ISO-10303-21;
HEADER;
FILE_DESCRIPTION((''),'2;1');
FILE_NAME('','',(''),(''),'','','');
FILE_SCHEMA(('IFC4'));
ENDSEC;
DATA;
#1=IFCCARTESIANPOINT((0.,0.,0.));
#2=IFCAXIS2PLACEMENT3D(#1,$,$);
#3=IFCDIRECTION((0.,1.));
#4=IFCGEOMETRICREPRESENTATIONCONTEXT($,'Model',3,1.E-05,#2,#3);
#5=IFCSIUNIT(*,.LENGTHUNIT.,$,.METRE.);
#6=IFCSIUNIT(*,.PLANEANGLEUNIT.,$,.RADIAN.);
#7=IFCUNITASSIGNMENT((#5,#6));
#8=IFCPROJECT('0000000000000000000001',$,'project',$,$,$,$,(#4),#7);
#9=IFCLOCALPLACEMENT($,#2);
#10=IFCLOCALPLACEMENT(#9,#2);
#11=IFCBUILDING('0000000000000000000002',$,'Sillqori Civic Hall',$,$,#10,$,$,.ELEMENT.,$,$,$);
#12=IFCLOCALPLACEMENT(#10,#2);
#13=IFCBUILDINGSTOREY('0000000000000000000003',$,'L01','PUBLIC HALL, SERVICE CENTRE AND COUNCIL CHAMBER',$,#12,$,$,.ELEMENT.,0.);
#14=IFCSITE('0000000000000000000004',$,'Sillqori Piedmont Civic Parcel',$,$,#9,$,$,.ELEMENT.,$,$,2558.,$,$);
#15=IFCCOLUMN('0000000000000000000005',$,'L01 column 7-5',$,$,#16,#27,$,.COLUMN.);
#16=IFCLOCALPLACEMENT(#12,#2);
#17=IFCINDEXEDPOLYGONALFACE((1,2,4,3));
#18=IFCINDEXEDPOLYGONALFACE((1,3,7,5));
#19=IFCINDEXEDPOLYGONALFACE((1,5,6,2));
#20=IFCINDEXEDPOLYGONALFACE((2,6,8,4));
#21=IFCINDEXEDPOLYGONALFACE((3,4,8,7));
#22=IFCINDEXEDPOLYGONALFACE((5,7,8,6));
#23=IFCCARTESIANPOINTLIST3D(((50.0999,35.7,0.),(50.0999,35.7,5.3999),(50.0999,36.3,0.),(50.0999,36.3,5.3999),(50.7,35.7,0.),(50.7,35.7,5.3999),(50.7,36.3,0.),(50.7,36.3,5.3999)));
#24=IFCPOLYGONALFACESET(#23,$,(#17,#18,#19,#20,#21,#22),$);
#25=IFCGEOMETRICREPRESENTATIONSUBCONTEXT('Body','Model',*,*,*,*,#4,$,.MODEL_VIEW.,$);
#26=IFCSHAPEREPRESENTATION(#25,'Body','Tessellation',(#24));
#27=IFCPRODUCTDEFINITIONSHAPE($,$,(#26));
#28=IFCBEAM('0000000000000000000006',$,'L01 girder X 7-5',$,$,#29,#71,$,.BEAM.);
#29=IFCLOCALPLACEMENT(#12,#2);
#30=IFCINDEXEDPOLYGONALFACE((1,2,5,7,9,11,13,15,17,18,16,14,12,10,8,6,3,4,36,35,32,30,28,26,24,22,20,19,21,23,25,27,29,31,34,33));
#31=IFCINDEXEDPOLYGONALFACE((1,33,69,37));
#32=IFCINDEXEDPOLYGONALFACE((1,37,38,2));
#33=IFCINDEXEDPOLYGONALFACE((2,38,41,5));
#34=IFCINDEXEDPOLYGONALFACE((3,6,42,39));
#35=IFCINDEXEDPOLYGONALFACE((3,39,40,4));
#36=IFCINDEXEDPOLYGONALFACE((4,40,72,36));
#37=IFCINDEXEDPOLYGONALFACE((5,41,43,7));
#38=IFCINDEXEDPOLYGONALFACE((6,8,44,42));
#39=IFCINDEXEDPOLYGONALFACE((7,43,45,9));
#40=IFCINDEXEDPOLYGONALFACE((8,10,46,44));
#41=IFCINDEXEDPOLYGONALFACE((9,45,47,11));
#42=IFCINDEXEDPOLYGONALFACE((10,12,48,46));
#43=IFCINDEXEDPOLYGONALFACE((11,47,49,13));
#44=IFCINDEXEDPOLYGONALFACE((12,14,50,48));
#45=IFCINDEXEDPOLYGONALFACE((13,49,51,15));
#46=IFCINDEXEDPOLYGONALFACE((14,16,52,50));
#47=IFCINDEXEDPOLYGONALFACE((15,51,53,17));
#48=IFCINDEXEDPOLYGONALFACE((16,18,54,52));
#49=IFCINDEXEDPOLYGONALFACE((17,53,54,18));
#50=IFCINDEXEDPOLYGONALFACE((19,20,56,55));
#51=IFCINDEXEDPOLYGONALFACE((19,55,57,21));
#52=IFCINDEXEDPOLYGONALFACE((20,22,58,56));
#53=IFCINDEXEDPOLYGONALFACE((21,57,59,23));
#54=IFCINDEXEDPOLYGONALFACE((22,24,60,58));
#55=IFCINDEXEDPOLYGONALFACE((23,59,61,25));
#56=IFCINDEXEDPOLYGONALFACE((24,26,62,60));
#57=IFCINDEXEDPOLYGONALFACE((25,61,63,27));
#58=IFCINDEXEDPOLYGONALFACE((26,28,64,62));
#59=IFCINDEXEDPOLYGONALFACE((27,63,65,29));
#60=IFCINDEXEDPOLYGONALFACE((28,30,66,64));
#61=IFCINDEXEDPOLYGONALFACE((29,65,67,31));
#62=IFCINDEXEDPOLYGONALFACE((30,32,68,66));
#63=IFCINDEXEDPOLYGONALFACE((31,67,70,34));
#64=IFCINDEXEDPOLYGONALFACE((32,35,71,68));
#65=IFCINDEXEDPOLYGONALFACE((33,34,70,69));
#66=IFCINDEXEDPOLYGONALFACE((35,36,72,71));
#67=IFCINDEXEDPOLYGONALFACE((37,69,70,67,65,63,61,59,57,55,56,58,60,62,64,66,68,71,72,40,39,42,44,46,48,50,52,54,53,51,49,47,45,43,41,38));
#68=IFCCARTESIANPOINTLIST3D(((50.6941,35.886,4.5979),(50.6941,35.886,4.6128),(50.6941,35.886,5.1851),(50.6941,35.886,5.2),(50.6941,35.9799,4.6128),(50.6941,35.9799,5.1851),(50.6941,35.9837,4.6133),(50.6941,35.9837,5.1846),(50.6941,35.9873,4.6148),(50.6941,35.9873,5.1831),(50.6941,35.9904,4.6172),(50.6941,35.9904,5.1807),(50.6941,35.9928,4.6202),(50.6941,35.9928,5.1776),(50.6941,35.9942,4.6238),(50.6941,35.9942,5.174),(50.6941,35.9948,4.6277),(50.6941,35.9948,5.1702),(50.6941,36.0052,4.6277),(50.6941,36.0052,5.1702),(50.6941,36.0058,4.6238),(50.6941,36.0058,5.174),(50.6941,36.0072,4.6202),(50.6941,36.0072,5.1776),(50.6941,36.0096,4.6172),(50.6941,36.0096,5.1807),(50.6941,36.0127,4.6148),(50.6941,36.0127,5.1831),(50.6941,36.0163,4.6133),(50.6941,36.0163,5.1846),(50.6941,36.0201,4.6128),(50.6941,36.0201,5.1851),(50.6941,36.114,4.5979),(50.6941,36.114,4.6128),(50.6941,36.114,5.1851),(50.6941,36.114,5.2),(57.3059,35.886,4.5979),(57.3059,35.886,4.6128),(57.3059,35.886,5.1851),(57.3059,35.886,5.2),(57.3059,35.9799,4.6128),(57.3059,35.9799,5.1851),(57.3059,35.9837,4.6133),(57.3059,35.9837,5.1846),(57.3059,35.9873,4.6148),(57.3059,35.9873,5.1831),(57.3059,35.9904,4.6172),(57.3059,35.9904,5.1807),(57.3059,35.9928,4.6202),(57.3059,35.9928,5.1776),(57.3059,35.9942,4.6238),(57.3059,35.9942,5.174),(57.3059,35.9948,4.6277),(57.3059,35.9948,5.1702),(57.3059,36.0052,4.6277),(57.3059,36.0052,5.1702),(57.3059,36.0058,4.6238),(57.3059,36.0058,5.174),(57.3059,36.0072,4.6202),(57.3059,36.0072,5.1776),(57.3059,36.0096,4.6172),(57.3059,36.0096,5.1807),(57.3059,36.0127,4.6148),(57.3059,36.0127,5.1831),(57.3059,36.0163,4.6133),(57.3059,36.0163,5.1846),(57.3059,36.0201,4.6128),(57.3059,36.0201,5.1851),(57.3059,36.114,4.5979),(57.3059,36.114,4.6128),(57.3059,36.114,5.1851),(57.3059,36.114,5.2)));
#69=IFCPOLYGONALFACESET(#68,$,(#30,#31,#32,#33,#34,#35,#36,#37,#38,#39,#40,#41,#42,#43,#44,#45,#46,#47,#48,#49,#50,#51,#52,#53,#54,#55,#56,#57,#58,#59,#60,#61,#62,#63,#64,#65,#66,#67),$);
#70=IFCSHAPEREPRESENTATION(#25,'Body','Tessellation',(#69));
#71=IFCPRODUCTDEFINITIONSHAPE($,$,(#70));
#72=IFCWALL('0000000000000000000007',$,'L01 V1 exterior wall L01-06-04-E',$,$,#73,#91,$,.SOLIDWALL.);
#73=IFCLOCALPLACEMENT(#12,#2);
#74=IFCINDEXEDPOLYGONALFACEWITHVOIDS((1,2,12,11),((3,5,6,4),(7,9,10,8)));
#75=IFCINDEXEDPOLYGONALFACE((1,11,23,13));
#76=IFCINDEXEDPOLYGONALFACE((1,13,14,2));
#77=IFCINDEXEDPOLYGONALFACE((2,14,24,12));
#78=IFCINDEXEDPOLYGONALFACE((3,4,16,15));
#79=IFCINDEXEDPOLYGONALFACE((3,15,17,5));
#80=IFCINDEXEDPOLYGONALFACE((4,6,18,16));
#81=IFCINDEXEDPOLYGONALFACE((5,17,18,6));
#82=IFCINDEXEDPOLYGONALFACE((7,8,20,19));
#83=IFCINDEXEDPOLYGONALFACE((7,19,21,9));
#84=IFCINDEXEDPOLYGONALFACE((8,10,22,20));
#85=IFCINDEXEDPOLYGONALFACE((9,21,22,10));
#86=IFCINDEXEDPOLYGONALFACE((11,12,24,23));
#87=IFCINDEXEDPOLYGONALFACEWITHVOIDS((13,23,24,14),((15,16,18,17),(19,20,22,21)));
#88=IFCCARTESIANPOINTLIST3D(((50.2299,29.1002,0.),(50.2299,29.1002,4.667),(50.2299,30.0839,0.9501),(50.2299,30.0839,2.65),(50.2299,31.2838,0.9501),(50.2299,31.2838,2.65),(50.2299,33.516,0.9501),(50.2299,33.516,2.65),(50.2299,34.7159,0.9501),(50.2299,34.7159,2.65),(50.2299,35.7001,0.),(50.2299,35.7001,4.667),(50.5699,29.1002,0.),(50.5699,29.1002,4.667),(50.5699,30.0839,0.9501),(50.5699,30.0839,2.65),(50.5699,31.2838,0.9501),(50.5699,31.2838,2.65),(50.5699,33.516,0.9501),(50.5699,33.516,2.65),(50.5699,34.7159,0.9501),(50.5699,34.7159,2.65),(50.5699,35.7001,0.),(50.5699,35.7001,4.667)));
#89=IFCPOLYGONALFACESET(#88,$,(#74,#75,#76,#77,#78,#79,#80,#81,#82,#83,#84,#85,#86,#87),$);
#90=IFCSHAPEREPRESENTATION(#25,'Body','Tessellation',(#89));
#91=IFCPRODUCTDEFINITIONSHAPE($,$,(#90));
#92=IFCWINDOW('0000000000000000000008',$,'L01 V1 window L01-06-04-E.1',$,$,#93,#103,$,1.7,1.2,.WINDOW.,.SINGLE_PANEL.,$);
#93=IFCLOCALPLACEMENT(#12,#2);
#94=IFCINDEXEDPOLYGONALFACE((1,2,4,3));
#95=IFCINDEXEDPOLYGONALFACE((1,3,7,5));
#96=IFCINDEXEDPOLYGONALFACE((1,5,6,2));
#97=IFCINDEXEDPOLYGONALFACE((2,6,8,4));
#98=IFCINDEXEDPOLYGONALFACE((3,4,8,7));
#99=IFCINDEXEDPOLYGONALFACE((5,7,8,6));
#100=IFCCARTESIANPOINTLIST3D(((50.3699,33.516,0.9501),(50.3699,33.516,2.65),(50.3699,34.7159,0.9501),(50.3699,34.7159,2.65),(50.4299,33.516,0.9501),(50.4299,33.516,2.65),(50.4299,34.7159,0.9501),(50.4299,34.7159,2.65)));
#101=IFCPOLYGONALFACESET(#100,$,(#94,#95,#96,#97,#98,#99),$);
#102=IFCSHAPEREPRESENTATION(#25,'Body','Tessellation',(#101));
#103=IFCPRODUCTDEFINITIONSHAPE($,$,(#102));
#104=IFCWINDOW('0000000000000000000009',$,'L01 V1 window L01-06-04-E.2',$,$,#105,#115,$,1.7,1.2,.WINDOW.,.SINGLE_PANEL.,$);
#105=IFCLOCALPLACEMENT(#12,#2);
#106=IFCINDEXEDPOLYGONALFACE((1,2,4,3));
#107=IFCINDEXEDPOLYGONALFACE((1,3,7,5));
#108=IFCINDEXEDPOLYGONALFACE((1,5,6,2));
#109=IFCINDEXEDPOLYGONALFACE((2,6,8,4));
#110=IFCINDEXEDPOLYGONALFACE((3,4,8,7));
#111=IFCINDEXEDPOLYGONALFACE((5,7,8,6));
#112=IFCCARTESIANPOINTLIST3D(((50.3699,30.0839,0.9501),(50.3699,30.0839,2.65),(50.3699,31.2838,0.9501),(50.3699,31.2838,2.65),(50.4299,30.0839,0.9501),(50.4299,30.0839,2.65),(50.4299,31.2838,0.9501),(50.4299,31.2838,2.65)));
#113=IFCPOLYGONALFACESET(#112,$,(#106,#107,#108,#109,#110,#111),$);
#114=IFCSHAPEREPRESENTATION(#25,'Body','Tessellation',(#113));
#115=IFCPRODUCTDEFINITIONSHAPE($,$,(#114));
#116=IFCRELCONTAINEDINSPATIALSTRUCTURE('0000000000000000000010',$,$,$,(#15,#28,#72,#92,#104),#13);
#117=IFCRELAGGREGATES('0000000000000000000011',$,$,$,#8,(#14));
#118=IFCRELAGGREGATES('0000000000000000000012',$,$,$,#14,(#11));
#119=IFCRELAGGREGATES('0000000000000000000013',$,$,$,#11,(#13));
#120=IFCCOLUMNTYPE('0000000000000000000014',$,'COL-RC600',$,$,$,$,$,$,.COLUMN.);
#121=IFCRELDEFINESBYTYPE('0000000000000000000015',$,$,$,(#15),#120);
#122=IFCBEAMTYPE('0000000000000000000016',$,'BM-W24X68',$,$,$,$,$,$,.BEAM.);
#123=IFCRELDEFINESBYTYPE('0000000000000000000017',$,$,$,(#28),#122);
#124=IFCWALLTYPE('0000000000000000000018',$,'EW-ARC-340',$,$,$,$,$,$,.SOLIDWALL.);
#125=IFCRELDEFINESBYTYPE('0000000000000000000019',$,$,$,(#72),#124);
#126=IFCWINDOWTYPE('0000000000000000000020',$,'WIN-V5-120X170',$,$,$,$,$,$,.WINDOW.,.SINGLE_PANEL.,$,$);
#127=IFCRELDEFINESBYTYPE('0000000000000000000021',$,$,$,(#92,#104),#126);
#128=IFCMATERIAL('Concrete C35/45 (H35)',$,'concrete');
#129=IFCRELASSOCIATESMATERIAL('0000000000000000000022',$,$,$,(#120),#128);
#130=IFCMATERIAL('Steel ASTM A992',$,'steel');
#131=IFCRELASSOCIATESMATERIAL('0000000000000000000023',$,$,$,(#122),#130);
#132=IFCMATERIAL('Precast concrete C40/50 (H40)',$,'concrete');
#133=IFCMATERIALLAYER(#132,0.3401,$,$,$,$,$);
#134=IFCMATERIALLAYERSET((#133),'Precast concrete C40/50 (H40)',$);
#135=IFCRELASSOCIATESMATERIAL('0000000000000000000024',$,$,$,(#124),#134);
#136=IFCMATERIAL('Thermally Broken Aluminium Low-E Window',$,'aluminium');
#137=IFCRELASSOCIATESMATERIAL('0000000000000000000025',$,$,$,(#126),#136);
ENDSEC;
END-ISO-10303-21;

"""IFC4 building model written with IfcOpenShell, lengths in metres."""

from ifc_helpers import new_model, si_unit, direction, frame, frame_2d, origin, origin_2d, place, context, subcontext, project, spatial, rectangle, i_section, extrude, material, layer, layer_set, material_profile, profile_set, type_object, element, fill, save


model = new_model("IFC4")

# Units and contexts
model_context = context("Model", 3, precision=1e-05, world=origin(), true_north=direction((0.0, 1.0)))
body_context = subcontext(model_context, "Body", "Model", "MODEL_VIEW")
ifc_project = project(units=[si_unit("LENGTHUNIT", "METRE"), si_unit("PLANEANGLEUNIT", "RADIAN")], contexts=[model_context])

# Site, building, storey
site_placement = place(None, origin())
site = spatial("IfcSite", under=ifc_project, at=site_placement, Name="Sillqori Piedmont Civic Parcel", CompositionType="ELEMENT", RefElevation=2558.0)
building_placement = place(site_placement, origin())
building = spatial("IfcBuilding", under=site, at=building_placement, Name="Sillqori Civic Hall", CompositionType="ELEMENT")
storey_placement = place(building_placement, origin())
storey = spatial("IfcBuildingStorey", under=building, at=storey_placement, Name="L01", Description="PUBLIC HALL, SERVICE CENTRE AND COUNCIL CHAMBER", CompositionType="ELEMENT", Elevation=0.0)

# Column
ifc_material_1 = material(Name="Concrete C35/45 (H35)", Category="concrete")
ifc_material_profile_1 = material_profile(ifc_material_1, rectangle(XDim=0.6001, YDim=0.6001, at=origin_2d()), Name="RC 600x600")
ifc_profile_set_1 = profile_set([ifc_material_profile_1], Name="Concrete C35/45 (H35)")
column_type = type_object("IfcColumnType", Name="COL-RC600", PredefinedType="COLUMN", material=ifc_profile_set_1)
column_placement = place(storey_placement, frame((50.3999, 36.0, 0.0), z_axis=(0.0, 0.0, 1.0), x_axis=(1.0, 0.0, 0.0)))
element("IfcColumn", 1, at=column_placement, inside=storey, type_object=column_type, Name="L01 column 7-5", PredefinedType="COLUMN", context=body_context, shape_type="SweptSolid", body=[
    extrude(rectangle(XDim=0.6001, YDim=0.6001, at=origin_2d()), origin(), (0.0, 0.0, 1.0), 5.3999),
])

# Beam
ifc_material_2 = material(Name="Steel ASTM A992", Category="steel")
ifc_material_profile_2 = material_profile(ifc_material_2, i_section(OverallWidth=0.228, OverallDepth=0.6021, WebThickness=0.0105, FlangeThickness=0.0149, FilletRadius=0.0149, at=origin_2d()), Name="W24X68")
ifc_profile_set_2 = profile_set([ifc_material_profile_2], Name="Steel ASTM A992")
beam_type = type_object("IfcBeamType", Name="BM-W24X68", PredefinedType="BEAM", material=ifc_profile_set_2)
beam_placement = place(storey_placement, frame((50.6941, 36.0, 4.8989), z_axis=(1.0, 0.0, 0.0), x_axis=(0.0, 1.0, 0.0)))
element("IfcBeam", 2, at=beam_placement, inside=storey, type_object=beam_type, Name="L01 girder X 7-5", PredefinedType="BEAM", context=body_context, shape_type="SweptSolid", body=[
    extrude(i_section(OverallWidth=0.228, OverallDepth=0.6021, WebThickness=0.0105, FlangeThickness=0.0149, FilletRadius=0.0149, at=origin_2d()), origin(), (0.0, 0.0, 1.0), 6.6118),
])

# Wall, openings, windows
ifc_material_3 = material(Name="Precast concrete C40/50 (H40)", Category="concrete")
ifc_layer_1 = layer(ifc_material_3, 0.3401)
ifc_layer_set_1 = layer_set([ifc_layer_1], Name="Precast concrete C40/50 (H40)")
wall_type = type_object("IfcWallType", Name="EW-ARC-340", PredefinedType="SOLIDWALL", material=ifc_layer_set_1)
wall_placement = place(storey_placement, frame((50.3999, 35.7, 0.0), z_axis=(0.0, 0.0, 1.0), x_axis=(0.0, -1.0, 0.0)))
wall = element("IfcWall", 3, at=wall_placement, inside=storey, type_object=wall_type, Name="L01 V1 exterior wall L01-06-04-E", PredefinedType="SOLIDWALL", context=body_context, shape_type="SweptSolid", body=[
    extrude(rectangle(XDim=6.5999, YDim=0.3401, at=frame_2d((3.2998, 0.0))), origin(), (0.0, 0.0, 1.0), 4.667),
])
opening_1_placement = place(wall_placement, frame((0.9839, 0.0, 0.95)))
opening_1 = element("IfcOpeningElement", 4, at=opening_1_placement, cuts=wall, PredefinedType="OPENING", context=body_context, shape_type="SweptSolid", body=[
    extrude(rectangle(XDim=1.2, YDim=1.7, at=frame_2d((0.6001, 0.8501))), frame((0.0, 0.1799, 0.0), z_axis=(0.0, -1.0, 0.0), x_axis=(1.0, 0.0, 0.0)), (0.0, 0.0, 1.0), 0.3601),
])
opening_2_placement = place(wall_placement, frame((4.416, 0.0, 0.95)))
opening_2 = element("IfcOpeningElement", 5, at=opening_2_placement, cuts=wall, PredefinedType="OPENING", context=body_context, shape_type="SweptSolid", body=[
    extrude(rectangle(XDim=1.2, YDim=1.7, at=frame_2d((0.6001, 0.8501))), frame((0.0, 0.1799, 0.0), z_axis=(0.0, -1.0, 0.0), x_axis=(1.0, 0.0, 0.0)), (0.0, 0.0, 1.0), 0.3601),
])
ifc_material_4 = material(Name="Thermally Broken Aluminium Low-E Window", Category="aluminium")
window_type = type_object("IfcWindowType", Name="WIN-V5-120X170", PartitioningType="SINGLE_PANEL", PredefinedType="WINDOW", material=ifc_material_4)
window_1_placement = place(opening_1_placement, origin())
window_1 = element("IfcWindow", 6, at=window_1_placement, inside=storey, type_object=window_type, Name="L01 V1 window L01-06-04-E.1", OverallHeight=1.7, OverallWidth=1.2, PartitioningType="SINGLE_PANEL", PredefinedType="WINDOW", context=body_context, shape_type="SweptSolid", body=[
    extrude(rectangle(XDim=1.2, YDim=1.7, at=frame_2d((0.6001, 0.8501))), frame((0.0, 0.03, 0.0), z_axis=(0.0, -1.0, 0.0), x_axis=(1.0, 0.0, 0.0)), (0.0, 0.0, 1.0), 0.0601),
])
fill(opening_1, window_1)
window_2_placement = place(opening_2_placement, origin())
window_2 = element("IfcWindow", 7, at=window_2_placement, inside=storey, type_object=window_type, Name="L01 V1 window L01-06-04-E.2", OverallHeight=1.7, OverallWidth=1.2, PartitioningType="SINGLE_PANEL", PredefinedType="WINDOW", context=body_context, shape_type="SweptSolid", body=[
    extrude(rectangle(XDim=1.2, YDim=1.7, at=frame_2d((0.6001, 0.8501))), frame((0.0, 0.03, 0.0), z_axis=(0.0, -1.0, 0.0), x_axis=(1.0, 0.0, 0.0)), (0.0, 0.0, 1.0), 0.0601),
])
fill(opening_2, window_2)

save(model, "model.ifc")
